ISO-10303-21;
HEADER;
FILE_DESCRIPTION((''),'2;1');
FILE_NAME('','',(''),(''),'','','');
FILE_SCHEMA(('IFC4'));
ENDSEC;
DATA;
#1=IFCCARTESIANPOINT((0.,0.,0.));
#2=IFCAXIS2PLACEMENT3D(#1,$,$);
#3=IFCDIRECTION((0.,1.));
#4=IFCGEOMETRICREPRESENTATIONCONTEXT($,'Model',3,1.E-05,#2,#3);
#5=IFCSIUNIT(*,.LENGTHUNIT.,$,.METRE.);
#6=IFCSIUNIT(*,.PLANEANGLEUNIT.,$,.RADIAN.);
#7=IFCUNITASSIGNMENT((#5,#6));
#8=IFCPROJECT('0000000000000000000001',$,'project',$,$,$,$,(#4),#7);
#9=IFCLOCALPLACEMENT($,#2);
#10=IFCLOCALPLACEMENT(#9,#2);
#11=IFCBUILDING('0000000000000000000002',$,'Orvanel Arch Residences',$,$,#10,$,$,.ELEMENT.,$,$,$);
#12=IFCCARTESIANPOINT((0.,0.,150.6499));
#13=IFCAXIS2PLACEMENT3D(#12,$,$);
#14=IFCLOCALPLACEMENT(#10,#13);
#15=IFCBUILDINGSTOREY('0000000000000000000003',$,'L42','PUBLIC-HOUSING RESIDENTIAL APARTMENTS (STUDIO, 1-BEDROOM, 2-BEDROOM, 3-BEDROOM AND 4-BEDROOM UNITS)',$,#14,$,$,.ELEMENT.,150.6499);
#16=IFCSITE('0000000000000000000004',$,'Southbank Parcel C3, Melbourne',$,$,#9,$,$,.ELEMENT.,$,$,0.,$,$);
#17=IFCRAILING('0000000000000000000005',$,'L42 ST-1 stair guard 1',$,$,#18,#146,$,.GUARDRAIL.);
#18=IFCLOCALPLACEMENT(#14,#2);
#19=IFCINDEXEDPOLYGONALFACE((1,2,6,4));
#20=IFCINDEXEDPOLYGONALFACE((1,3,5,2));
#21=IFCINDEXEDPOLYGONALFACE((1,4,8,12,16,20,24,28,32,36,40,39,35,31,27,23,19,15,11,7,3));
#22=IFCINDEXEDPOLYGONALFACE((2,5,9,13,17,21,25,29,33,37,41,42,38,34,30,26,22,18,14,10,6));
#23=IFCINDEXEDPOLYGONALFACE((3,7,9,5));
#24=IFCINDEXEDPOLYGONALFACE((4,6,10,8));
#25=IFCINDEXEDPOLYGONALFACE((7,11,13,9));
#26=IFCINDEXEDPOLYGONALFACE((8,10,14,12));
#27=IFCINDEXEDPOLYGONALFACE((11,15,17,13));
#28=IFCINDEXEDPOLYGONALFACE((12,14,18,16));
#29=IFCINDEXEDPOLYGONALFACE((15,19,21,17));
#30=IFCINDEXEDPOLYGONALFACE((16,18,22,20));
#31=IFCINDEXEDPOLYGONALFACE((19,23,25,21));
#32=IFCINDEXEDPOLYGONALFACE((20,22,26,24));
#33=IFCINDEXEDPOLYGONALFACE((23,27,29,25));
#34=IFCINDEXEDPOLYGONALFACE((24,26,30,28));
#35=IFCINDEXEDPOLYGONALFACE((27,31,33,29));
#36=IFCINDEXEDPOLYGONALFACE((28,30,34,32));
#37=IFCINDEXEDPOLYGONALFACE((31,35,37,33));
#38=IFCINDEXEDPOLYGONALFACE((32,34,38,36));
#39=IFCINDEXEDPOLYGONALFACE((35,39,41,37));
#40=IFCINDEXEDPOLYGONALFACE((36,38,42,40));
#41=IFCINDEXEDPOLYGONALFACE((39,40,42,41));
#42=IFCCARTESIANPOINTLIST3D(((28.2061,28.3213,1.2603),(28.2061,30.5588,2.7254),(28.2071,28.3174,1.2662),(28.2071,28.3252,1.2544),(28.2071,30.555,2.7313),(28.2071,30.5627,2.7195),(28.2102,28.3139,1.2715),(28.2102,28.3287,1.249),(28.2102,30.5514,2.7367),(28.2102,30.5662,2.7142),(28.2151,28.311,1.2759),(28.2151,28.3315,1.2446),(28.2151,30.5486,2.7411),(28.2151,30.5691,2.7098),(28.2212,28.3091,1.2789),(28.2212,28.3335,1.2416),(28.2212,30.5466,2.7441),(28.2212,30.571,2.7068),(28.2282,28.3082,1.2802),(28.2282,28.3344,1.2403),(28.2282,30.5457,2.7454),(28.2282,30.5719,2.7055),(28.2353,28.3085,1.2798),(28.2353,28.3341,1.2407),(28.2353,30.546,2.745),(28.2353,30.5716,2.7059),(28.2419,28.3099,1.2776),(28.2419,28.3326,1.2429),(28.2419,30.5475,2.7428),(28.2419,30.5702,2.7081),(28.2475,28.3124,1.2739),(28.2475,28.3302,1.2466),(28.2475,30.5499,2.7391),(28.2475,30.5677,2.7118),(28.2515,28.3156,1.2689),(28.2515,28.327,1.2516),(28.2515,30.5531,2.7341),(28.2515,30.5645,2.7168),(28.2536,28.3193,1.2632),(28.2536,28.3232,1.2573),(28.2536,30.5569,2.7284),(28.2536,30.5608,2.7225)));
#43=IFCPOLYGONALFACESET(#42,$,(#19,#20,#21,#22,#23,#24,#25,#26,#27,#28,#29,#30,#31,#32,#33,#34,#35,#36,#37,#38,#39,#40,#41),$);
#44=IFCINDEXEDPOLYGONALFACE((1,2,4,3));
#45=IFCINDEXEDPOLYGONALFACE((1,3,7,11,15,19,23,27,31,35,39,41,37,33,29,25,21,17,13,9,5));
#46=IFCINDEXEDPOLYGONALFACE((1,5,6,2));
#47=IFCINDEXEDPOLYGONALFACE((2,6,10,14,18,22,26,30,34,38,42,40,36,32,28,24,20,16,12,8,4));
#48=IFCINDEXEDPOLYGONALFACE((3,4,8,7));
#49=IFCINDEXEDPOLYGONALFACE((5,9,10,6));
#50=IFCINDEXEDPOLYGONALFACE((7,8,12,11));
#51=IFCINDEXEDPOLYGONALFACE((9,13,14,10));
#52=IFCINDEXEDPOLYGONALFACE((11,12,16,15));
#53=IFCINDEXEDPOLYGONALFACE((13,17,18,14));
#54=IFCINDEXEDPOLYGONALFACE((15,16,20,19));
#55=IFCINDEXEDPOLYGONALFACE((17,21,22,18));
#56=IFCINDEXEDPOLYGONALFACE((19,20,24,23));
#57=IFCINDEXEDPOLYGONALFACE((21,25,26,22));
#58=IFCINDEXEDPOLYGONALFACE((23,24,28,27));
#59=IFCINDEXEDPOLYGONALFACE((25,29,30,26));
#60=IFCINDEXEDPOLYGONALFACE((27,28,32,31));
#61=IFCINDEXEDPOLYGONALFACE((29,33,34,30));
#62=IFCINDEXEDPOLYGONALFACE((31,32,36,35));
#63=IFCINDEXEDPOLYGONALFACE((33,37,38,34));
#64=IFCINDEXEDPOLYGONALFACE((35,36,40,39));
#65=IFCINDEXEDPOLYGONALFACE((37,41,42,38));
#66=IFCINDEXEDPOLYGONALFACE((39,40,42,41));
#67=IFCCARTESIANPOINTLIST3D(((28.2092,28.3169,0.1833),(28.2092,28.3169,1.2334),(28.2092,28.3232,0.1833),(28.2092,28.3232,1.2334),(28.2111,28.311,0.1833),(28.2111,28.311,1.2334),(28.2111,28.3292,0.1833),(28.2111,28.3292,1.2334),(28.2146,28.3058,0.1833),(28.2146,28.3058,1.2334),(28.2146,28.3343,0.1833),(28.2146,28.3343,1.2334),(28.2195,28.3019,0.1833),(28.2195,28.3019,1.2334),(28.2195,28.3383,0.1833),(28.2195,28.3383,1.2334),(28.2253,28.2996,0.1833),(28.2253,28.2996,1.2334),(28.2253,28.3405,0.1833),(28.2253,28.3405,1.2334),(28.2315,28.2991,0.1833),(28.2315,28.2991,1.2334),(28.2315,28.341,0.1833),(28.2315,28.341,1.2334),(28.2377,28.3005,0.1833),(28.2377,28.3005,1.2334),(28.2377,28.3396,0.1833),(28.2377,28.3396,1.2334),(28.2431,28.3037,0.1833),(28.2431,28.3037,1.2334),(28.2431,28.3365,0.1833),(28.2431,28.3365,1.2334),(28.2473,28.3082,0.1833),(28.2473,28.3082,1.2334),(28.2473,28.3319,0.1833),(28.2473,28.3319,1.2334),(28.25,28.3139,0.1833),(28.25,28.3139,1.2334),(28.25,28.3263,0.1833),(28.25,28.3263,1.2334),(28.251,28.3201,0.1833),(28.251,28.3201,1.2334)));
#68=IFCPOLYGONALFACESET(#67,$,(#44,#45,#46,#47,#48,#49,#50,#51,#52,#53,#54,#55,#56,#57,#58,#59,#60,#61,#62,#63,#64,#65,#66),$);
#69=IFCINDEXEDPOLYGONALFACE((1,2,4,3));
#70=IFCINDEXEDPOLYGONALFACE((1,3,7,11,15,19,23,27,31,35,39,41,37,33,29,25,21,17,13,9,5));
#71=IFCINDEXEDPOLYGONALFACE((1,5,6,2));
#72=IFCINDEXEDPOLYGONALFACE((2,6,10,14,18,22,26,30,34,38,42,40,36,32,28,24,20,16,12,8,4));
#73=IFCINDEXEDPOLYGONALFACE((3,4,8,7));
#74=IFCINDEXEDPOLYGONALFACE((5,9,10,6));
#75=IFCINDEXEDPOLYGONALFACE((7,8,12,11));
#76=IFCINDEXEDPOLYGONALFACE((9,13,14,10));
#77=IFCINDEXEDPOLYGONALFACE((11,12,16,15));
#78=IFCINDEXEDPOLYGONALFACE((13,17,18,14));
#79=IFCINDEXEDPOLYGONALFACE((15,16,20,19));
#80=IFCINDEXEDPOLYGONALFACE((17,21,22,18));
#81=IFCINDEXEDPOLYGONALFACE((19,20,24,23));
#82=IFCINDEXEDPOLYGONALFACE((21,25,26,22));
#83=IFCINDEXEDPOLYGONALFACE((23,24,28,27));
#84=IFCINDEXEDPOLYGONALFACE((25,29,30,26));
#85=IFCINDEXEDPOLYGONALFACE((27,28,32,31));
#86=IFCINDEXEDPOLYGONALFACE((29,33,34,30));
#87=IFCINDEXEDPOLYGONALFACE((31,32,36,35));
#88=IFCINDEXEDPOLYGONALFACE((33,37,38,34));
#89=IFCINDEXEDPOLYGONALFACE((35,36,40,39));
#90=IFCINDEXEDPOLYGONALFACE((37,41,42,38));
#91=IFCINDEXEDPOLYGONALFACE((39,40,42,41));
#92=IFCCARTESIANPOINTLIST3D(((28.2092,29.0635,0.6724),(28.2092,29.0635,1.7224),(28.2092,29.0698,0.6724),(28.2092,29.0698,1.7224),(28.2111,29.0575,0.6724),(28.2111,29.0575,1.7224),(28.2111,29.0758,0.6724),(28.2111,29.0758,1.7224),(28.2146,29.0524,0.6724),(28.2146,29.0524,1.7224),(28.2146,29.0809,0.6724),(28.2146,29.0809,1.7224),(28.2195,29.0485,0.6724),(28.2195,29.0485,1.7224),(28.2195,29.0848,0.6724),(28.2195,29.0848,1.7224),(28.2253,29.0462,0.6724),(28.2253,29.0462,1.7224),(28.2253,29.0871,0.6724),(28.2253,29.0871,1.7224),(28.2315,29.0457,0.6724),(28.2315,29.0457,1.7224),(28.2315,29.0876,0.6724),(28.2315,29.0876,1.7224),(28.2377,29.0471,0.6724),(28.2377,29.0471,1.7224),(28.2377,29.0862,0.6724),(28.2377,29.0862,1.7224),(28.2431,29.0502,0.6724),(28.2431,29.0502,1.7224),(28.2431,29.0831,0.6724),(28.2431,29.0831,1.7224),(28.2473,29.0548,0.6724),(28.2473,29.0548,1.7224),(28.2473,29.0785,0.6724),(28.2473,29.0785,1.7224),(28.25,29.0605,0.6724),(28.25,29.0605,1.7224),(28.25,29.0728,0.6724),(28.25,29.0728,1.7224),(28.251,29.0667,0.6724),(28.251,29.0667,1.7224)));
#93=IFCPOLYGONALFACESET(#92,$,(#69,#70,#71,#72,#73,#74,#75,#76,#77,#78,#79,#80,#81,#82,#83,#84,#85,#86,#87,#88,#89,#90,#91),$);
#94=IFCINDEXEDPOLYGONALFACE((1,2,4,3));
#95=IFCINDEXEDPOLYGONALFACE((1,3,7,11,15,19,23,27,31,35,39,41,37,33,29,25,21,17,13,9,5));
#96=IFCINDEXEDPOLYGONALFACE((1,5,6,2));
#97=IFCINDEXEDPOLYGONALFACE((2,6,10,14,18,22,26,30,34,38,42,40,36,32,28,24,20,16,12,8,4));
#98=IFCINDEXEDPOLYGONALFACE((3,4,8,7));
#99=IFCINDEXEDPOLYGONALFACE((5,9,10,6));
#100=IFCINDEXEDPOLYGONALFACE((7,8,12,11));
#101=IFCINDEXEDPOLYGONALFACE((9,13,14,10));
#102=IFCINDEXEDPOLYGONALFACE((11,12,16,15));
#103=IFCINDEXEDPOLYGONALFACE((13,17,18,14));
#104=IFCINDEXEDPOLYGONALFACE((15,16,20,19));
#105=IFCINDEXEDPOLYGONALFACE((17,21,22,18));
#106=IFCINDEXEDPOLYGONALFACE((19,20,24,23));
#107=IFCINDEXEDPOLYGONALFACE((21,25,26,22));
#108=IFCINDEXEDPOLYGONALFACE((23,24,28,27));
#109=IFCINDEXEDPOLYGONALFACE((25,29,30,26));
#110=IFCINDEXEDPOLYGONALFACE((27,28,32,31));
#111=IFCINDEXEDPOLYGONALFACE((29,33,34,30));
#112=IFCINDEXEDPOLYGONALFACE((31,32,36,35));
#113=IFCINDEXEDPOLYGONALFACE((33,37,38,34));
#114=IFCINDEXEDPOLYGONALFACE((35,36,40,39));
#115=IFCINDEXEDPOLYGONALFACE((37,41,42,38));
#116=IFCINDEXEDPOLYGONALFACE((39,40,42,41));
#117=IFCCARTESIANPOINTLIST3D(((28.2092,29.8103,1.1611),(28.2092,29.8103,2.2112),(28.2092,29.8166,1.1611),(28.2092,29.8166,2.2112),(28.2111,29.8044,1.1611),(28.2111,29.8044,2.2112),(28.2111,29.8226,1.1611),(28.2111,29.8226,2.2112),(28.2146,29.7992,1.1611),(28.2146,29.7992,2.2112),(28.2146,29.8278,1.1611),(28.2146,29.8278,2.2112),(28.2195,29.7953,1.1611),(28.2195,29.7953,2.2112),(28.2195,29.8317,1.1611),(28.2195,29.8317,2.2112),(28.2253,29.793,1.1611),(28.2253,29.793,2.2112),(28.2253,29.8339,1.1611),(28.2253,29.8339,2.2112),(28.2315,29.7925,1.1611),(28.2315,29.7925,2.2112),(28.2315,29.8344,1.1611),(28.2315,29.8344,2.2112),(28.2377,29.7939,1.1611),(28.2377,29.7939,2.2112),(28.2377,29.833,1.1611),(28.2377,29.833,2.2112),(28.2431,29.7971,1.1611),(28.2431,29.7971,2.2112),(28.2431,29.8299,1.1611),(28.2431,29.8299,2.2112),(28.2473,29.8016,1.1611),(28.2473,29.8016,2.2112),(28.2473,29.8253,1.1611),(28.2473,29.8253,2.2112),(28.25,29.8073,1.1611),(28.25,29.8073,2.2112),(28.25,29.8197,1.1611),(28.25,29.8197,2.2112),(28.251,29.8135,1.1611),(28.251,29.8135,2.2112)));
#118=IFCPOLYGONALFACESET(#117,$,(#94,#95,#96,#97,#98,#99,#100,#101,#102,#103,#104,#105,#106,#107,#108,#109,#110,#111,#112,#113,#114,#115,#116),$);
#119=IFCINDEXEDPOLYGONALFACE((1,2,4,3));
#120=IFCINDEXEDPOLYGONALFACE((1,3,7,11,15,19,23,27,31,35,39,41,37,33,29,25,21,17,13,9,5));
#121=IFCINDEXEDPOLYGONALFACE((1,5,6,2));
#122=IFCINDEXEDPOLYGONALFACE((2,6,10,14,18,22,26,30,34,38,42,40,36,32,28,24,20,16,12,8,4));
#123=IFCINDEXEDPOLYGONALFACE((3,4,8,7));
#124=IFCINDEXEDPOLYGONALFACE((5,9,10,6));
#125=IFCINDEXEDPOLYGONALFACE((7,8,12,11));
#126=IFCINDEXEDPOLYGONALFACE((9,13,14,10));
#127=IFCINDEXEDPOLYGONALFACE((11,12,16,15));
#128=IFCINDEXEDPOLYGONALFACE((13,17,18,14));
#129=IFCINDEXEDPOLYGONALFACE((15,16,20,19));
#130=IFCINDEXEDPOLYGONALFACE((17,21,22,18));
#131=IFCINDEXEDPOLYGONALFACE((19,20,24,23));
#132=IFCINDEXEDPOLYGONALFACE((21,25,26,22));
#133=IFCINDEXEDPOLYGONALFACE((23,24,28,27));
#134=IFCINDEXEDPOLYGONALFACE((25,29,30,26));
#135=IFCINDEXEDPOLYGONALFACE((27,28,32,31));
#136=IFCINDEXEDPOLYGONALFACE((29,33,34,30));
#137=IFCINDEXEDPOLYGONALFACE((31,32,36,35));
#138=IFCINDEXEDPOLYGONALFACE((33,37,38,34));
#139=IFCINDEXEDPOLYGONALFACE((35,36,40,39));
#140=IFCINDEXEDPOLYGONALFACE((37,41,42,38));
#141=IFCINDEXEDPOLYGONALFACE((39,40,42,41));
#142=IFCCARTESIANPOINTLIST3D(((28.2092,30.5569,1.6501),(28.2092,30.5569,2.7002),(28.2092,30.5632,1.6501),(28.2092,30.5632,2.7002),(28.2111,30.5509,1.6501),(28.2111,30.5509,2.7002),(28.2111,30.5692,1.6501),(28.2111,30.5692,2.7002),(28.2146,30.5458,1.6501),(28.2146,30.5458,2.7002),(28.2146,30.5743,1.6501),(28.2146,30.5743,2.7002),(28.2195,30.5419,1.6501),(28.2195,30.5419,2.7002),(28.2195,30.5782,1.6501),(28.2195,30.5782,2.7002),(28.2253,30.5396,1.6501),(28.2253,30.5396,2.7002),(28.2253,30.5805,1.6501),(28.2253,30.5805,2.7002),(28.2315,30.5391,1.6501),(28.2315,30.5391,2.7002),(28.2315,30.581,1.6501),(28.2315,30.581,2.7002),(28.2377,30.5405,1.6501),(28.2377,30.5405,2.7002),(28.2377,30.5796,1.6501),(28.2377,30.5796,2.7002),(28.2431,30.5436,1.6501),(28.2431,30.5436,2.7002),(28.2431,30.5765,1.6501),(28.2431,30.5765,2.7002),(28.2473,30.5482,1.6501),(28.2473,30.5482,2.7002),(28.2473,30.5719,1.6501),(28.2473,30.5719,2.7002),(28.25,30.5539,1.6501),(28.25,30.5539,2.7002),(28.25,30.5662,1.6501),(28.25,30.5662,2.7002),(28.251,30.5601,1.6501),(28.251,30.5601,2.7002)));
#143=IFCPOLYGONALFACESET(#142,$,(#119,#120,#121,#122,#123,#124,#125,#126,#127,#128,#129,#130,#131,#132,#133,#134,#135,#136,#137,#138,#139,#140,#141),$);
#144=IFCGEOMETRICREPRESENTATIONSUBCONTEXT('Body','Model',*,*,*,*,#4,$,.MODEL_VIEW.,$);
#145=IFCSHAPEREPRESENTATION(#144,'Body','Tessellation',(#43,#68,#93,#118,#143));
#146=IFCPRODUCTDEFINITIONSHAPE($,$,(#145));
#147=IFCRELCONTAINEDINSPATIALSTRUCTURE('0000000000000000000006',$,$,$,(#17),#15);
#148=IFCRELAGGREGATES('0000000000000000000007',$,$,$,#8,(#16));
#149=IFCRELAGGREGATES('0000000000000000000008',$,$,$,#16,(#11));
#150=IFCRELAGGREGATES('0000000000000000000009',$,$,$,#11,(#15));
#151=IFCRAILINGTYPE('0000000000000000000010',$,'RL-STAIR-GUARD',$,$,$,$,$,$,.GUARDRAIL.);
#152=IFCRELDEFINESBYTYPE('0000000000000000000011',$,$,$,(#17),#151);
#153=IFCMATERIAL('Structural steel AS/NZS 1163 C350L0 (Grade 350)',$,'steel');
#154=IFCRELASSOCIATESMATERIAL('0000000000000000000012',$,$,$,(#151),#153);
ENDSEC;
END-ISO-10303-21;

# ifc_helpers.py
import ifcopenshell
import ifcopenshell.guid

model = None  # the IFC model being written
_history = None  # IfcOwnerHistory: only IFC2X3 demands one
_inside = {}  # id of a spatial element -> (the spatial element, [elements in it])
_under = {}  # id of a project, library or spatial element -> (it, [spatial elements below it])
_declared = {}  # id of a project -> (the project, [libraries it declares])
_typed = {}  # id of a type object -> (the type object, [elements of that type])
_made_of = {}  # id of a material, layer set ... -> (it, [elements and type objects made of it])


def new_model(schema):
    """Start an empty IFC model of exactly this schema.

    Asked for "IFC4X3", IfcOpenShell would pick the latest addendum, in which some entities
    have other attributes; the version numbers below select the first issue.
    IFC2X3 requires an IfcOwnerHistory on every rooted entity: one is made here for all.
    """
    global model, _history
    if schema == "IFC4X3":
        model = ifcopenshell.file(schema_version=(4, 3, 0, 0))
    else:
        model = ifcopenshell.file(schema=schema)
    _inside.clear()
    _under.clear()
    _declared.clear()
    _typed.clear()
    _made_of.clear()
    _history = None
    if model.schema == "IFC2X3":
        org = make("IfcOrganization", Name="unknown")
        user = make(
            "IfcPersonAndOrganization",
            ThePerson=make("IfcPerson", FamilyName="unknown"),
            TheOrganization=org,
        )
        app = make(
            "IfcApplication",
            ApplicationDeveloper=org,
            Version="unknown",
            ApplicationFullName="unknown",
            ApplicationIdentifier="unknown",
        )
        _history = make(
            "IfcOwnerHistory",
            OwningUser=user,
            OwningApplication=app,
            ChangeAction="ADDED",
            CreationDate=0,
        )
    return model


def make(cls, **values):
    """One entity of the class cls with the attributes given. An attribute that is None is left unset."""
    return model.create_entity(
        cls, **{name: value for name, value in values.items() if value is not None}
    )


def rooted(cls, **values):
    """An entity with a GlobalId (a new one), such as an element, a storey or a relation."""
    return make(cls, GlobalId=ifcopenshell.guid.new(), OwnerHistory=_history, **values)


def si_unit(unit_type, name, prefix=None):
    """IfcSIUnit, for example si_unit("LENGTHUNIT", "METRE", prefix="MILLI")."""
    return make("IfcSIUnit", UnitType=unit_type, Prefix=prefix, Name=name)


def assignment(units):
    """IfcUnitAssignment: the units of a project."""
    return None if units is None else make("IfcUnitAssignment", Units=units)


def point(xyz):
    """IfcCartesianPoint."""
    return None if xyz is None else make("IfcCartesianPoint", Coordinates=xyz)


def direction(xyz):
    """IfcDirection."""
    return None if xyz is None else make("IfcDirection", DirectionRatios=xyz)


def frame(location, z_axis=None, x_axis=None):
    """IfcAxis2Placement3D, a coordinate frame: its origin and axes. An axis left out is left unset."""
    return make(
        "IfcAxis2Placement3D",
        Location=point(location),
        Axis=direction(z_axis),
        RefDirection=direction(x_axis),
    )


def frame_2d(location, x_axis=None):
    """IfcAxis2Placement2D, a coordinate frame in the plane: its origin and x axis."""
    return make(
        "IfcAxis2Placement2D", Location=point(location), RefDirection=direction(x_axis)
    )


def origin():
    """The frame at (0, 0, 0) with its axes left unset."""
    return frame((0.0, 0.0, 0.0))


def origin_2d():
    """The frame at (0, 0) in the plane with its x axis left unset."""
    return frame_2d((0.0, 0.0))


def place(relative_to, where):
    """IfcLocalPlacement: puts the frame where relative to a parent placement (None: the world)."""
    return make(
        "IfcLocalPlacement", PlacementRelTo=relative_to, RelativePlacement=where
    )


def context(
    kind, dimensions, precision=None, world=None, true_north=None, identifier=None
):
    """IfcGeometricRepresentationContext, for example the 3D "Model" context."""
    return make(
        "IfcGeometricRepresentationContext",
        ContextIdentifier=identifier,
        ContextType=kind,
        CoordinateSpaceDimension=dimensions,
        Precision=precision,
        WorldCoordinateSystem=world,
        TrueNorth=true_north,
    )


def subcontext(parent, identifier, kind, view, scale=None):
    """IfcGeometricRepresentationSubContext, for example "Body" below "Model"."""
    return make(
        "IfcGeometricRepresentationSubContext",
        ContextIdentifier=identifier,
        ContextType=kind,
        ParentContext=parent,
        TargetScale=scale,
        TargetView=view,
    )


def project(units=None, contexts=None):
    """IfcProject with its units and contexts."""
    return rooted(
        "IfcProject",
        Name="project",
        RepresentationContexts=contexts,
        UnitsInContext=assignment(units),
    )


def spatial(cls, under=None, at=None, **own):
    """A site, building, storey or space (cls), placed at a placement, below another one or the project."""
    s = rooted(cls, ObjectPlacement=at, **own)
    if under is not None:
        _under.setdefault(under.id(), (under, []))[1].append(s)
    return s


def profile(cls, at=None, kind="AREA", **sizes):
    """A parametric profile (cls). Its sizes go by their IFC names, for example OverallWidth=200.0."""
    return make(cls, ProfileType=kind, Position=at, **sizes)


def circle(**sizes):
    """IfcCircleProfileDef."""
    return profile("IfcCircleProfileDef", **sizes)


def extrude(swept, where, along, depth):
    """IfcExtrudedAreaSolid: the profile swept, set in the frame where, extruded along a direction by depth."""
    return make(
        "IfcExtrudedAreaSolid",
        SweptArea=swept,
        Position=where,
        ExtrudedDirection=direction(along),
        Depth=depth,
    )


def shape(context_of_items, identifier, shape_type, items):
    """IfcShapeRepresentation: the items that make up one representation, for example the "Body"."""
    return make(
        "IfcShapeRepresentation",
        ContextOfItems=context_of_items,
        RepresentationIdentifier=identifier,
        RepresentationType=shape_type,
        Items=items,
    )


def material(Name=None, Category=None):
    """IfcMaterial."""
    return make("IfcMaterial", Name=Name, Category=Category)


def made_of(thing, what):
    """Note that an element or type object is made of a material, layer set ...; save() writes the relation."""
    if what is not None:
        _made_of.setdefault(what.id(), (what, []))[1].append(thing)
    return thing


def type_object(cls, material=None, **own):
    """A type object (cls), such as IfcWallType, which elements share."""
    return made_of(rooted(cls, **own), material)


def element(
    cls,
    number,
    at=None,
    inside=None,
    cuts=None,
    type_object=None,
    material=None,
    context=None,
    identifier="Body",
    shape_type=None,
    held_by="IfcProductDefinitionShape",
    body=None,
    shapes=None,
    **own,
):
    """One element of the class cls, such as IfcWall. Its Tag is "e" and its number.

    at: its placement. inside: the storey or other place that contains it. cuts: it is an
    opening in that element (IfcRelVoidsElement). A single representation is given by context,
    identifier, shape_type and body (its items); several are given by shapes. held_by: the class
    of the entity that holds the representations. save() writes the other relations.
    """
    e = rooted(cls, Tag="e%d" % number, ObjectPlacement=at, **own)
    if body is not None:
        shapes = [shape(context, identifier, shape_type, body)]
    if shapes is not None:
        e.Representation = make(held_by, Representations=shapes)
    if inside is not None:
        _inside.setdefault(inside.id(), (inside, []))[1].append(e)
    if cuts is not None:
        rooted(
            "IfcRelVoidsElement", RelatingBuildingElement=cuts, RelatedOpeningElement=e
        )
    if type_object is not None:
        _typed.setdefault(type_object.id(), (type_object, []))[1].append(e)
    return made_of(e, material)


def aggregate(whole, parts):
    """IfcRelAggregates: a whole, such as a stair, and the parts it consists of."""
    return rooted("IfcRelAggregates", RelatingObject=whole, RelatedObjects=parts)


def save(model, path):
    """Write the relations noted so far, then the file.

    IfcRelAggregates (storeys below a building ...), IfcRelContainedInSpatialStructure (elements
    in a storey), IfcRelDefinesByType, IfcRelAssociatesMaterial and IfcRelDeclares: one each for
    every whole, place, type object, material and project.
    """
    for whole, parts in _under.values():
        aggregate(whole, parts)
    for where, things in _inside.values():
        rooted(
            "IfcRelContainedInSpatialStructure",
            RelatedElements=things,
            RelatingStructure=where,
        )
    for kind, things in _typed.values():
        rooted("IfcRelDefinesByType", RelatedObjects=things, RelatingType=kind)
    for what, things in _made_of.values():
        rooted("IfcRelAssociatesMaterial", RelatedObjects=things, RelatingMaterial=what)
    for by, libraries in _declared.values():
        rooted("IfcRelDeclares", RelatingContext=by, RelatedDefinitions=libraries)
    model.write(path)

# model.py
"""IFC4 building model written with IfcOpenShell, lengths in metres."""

from ifc_helpers import new_model, si_unit, direction, frame, origin, origin_2d, place, context, subcontext, project, spatial, circle, extrude, material, type_object, element, save


model = new_model("IFC4")

# Units and contexts
model_context = context("Model", 3, precision=1e-05, world=origin(), true_north=direction((0.0, 1.0)))
body_context = subcontext(model_context, "Body", "Model", "MODEL_VIEW")
ifc_project = project(units=[si_unit("LENGTHUNIT", "METRE"), si_unit("PLANEANGLEUNIT", "RADIAN")], contexts=[model_context])

# Site, building, storey
site_placement = place(None, origin())
site = spatial("IfcSite", under=ifc_project, at=site_placement, Name="Southbank Parcel C3, Melbourne", CompositionType="ELEMENT", RefElevation=0.0)
building_placement = place(site_placement, origin())
building = spatial("IfcBuilding", under=site, at=building_placement, Name="Orvanel Arch Residences", CompositionType="ELEMENT")
storey_placement = place(building_placement, frame((0.0, 0.0, 150.6499)))
storey = spatial("IfcBuildingStorey", under=building, at=storey_placement, Name="L42", Description="PUBLIC-HOUSING RESIDENTIAL APARTMENTS (STUDIO, 1-BEDROOM, 2-BEDROOM, 3-BEDROOM AND 4-BEDROOM UNITS)", CompositionType="ELEMENT", Elevation=150.6499)

# Railing
ifc_material_1 = material(Name="Structural steel AS/NZS 1163 C350L0 (Grade 350)", Category="steel")
railing_type_1 = type_object("IfcRailingType", Name="RL-STAIR-GUARD", PredefinedType="GUARDRAIL", material=ifc_material_1)
railing_1_placement = place(storey_placement, frame((28.23, 28.3201, 0.1833)))
element("IfcRailing", 1, at=railing_1_placement, inside=storey, type_object=railing_type_1, Name="L42 ST-1 stair guard 1", PredefinedType="GUARDRAIL", context=body_context, shape_type="SweptSolid", body=[
    extrude(circle(Radius=0.0239, at=origin_2d()), frame((0.0, 0.0012, 1.0769), z_axis=(0.0, 0.836595, 0.547822), x_axis=(-1.0, 0.0, 0.0)), (0.0, 0.0, 1.0), 2.6746),
    extrude(circle(Radius=0.021, at=origin_2d()), origin(), (0.0, 0.0, 1.0), 1.05),
    extrude(circle(Radius=0.021, at=origin_2d()), frame((0.0, 0.7466, 0.489)), (0.0, 0.0, 1.0), 1.05),
    extrude(circle(Radius=0.021, at=origin_2d()), frame((0.0, 1.4934, 0.9778)), (0.0, 0.0, 1.0), 1.05),
    extrude(circle(Radius=0.021, at=origin_2d()), frame((0.0, 2.24, 1.4668)), (0.0, 0.0, 1.0), 1.05),
])

save(model, "model.ifc")
